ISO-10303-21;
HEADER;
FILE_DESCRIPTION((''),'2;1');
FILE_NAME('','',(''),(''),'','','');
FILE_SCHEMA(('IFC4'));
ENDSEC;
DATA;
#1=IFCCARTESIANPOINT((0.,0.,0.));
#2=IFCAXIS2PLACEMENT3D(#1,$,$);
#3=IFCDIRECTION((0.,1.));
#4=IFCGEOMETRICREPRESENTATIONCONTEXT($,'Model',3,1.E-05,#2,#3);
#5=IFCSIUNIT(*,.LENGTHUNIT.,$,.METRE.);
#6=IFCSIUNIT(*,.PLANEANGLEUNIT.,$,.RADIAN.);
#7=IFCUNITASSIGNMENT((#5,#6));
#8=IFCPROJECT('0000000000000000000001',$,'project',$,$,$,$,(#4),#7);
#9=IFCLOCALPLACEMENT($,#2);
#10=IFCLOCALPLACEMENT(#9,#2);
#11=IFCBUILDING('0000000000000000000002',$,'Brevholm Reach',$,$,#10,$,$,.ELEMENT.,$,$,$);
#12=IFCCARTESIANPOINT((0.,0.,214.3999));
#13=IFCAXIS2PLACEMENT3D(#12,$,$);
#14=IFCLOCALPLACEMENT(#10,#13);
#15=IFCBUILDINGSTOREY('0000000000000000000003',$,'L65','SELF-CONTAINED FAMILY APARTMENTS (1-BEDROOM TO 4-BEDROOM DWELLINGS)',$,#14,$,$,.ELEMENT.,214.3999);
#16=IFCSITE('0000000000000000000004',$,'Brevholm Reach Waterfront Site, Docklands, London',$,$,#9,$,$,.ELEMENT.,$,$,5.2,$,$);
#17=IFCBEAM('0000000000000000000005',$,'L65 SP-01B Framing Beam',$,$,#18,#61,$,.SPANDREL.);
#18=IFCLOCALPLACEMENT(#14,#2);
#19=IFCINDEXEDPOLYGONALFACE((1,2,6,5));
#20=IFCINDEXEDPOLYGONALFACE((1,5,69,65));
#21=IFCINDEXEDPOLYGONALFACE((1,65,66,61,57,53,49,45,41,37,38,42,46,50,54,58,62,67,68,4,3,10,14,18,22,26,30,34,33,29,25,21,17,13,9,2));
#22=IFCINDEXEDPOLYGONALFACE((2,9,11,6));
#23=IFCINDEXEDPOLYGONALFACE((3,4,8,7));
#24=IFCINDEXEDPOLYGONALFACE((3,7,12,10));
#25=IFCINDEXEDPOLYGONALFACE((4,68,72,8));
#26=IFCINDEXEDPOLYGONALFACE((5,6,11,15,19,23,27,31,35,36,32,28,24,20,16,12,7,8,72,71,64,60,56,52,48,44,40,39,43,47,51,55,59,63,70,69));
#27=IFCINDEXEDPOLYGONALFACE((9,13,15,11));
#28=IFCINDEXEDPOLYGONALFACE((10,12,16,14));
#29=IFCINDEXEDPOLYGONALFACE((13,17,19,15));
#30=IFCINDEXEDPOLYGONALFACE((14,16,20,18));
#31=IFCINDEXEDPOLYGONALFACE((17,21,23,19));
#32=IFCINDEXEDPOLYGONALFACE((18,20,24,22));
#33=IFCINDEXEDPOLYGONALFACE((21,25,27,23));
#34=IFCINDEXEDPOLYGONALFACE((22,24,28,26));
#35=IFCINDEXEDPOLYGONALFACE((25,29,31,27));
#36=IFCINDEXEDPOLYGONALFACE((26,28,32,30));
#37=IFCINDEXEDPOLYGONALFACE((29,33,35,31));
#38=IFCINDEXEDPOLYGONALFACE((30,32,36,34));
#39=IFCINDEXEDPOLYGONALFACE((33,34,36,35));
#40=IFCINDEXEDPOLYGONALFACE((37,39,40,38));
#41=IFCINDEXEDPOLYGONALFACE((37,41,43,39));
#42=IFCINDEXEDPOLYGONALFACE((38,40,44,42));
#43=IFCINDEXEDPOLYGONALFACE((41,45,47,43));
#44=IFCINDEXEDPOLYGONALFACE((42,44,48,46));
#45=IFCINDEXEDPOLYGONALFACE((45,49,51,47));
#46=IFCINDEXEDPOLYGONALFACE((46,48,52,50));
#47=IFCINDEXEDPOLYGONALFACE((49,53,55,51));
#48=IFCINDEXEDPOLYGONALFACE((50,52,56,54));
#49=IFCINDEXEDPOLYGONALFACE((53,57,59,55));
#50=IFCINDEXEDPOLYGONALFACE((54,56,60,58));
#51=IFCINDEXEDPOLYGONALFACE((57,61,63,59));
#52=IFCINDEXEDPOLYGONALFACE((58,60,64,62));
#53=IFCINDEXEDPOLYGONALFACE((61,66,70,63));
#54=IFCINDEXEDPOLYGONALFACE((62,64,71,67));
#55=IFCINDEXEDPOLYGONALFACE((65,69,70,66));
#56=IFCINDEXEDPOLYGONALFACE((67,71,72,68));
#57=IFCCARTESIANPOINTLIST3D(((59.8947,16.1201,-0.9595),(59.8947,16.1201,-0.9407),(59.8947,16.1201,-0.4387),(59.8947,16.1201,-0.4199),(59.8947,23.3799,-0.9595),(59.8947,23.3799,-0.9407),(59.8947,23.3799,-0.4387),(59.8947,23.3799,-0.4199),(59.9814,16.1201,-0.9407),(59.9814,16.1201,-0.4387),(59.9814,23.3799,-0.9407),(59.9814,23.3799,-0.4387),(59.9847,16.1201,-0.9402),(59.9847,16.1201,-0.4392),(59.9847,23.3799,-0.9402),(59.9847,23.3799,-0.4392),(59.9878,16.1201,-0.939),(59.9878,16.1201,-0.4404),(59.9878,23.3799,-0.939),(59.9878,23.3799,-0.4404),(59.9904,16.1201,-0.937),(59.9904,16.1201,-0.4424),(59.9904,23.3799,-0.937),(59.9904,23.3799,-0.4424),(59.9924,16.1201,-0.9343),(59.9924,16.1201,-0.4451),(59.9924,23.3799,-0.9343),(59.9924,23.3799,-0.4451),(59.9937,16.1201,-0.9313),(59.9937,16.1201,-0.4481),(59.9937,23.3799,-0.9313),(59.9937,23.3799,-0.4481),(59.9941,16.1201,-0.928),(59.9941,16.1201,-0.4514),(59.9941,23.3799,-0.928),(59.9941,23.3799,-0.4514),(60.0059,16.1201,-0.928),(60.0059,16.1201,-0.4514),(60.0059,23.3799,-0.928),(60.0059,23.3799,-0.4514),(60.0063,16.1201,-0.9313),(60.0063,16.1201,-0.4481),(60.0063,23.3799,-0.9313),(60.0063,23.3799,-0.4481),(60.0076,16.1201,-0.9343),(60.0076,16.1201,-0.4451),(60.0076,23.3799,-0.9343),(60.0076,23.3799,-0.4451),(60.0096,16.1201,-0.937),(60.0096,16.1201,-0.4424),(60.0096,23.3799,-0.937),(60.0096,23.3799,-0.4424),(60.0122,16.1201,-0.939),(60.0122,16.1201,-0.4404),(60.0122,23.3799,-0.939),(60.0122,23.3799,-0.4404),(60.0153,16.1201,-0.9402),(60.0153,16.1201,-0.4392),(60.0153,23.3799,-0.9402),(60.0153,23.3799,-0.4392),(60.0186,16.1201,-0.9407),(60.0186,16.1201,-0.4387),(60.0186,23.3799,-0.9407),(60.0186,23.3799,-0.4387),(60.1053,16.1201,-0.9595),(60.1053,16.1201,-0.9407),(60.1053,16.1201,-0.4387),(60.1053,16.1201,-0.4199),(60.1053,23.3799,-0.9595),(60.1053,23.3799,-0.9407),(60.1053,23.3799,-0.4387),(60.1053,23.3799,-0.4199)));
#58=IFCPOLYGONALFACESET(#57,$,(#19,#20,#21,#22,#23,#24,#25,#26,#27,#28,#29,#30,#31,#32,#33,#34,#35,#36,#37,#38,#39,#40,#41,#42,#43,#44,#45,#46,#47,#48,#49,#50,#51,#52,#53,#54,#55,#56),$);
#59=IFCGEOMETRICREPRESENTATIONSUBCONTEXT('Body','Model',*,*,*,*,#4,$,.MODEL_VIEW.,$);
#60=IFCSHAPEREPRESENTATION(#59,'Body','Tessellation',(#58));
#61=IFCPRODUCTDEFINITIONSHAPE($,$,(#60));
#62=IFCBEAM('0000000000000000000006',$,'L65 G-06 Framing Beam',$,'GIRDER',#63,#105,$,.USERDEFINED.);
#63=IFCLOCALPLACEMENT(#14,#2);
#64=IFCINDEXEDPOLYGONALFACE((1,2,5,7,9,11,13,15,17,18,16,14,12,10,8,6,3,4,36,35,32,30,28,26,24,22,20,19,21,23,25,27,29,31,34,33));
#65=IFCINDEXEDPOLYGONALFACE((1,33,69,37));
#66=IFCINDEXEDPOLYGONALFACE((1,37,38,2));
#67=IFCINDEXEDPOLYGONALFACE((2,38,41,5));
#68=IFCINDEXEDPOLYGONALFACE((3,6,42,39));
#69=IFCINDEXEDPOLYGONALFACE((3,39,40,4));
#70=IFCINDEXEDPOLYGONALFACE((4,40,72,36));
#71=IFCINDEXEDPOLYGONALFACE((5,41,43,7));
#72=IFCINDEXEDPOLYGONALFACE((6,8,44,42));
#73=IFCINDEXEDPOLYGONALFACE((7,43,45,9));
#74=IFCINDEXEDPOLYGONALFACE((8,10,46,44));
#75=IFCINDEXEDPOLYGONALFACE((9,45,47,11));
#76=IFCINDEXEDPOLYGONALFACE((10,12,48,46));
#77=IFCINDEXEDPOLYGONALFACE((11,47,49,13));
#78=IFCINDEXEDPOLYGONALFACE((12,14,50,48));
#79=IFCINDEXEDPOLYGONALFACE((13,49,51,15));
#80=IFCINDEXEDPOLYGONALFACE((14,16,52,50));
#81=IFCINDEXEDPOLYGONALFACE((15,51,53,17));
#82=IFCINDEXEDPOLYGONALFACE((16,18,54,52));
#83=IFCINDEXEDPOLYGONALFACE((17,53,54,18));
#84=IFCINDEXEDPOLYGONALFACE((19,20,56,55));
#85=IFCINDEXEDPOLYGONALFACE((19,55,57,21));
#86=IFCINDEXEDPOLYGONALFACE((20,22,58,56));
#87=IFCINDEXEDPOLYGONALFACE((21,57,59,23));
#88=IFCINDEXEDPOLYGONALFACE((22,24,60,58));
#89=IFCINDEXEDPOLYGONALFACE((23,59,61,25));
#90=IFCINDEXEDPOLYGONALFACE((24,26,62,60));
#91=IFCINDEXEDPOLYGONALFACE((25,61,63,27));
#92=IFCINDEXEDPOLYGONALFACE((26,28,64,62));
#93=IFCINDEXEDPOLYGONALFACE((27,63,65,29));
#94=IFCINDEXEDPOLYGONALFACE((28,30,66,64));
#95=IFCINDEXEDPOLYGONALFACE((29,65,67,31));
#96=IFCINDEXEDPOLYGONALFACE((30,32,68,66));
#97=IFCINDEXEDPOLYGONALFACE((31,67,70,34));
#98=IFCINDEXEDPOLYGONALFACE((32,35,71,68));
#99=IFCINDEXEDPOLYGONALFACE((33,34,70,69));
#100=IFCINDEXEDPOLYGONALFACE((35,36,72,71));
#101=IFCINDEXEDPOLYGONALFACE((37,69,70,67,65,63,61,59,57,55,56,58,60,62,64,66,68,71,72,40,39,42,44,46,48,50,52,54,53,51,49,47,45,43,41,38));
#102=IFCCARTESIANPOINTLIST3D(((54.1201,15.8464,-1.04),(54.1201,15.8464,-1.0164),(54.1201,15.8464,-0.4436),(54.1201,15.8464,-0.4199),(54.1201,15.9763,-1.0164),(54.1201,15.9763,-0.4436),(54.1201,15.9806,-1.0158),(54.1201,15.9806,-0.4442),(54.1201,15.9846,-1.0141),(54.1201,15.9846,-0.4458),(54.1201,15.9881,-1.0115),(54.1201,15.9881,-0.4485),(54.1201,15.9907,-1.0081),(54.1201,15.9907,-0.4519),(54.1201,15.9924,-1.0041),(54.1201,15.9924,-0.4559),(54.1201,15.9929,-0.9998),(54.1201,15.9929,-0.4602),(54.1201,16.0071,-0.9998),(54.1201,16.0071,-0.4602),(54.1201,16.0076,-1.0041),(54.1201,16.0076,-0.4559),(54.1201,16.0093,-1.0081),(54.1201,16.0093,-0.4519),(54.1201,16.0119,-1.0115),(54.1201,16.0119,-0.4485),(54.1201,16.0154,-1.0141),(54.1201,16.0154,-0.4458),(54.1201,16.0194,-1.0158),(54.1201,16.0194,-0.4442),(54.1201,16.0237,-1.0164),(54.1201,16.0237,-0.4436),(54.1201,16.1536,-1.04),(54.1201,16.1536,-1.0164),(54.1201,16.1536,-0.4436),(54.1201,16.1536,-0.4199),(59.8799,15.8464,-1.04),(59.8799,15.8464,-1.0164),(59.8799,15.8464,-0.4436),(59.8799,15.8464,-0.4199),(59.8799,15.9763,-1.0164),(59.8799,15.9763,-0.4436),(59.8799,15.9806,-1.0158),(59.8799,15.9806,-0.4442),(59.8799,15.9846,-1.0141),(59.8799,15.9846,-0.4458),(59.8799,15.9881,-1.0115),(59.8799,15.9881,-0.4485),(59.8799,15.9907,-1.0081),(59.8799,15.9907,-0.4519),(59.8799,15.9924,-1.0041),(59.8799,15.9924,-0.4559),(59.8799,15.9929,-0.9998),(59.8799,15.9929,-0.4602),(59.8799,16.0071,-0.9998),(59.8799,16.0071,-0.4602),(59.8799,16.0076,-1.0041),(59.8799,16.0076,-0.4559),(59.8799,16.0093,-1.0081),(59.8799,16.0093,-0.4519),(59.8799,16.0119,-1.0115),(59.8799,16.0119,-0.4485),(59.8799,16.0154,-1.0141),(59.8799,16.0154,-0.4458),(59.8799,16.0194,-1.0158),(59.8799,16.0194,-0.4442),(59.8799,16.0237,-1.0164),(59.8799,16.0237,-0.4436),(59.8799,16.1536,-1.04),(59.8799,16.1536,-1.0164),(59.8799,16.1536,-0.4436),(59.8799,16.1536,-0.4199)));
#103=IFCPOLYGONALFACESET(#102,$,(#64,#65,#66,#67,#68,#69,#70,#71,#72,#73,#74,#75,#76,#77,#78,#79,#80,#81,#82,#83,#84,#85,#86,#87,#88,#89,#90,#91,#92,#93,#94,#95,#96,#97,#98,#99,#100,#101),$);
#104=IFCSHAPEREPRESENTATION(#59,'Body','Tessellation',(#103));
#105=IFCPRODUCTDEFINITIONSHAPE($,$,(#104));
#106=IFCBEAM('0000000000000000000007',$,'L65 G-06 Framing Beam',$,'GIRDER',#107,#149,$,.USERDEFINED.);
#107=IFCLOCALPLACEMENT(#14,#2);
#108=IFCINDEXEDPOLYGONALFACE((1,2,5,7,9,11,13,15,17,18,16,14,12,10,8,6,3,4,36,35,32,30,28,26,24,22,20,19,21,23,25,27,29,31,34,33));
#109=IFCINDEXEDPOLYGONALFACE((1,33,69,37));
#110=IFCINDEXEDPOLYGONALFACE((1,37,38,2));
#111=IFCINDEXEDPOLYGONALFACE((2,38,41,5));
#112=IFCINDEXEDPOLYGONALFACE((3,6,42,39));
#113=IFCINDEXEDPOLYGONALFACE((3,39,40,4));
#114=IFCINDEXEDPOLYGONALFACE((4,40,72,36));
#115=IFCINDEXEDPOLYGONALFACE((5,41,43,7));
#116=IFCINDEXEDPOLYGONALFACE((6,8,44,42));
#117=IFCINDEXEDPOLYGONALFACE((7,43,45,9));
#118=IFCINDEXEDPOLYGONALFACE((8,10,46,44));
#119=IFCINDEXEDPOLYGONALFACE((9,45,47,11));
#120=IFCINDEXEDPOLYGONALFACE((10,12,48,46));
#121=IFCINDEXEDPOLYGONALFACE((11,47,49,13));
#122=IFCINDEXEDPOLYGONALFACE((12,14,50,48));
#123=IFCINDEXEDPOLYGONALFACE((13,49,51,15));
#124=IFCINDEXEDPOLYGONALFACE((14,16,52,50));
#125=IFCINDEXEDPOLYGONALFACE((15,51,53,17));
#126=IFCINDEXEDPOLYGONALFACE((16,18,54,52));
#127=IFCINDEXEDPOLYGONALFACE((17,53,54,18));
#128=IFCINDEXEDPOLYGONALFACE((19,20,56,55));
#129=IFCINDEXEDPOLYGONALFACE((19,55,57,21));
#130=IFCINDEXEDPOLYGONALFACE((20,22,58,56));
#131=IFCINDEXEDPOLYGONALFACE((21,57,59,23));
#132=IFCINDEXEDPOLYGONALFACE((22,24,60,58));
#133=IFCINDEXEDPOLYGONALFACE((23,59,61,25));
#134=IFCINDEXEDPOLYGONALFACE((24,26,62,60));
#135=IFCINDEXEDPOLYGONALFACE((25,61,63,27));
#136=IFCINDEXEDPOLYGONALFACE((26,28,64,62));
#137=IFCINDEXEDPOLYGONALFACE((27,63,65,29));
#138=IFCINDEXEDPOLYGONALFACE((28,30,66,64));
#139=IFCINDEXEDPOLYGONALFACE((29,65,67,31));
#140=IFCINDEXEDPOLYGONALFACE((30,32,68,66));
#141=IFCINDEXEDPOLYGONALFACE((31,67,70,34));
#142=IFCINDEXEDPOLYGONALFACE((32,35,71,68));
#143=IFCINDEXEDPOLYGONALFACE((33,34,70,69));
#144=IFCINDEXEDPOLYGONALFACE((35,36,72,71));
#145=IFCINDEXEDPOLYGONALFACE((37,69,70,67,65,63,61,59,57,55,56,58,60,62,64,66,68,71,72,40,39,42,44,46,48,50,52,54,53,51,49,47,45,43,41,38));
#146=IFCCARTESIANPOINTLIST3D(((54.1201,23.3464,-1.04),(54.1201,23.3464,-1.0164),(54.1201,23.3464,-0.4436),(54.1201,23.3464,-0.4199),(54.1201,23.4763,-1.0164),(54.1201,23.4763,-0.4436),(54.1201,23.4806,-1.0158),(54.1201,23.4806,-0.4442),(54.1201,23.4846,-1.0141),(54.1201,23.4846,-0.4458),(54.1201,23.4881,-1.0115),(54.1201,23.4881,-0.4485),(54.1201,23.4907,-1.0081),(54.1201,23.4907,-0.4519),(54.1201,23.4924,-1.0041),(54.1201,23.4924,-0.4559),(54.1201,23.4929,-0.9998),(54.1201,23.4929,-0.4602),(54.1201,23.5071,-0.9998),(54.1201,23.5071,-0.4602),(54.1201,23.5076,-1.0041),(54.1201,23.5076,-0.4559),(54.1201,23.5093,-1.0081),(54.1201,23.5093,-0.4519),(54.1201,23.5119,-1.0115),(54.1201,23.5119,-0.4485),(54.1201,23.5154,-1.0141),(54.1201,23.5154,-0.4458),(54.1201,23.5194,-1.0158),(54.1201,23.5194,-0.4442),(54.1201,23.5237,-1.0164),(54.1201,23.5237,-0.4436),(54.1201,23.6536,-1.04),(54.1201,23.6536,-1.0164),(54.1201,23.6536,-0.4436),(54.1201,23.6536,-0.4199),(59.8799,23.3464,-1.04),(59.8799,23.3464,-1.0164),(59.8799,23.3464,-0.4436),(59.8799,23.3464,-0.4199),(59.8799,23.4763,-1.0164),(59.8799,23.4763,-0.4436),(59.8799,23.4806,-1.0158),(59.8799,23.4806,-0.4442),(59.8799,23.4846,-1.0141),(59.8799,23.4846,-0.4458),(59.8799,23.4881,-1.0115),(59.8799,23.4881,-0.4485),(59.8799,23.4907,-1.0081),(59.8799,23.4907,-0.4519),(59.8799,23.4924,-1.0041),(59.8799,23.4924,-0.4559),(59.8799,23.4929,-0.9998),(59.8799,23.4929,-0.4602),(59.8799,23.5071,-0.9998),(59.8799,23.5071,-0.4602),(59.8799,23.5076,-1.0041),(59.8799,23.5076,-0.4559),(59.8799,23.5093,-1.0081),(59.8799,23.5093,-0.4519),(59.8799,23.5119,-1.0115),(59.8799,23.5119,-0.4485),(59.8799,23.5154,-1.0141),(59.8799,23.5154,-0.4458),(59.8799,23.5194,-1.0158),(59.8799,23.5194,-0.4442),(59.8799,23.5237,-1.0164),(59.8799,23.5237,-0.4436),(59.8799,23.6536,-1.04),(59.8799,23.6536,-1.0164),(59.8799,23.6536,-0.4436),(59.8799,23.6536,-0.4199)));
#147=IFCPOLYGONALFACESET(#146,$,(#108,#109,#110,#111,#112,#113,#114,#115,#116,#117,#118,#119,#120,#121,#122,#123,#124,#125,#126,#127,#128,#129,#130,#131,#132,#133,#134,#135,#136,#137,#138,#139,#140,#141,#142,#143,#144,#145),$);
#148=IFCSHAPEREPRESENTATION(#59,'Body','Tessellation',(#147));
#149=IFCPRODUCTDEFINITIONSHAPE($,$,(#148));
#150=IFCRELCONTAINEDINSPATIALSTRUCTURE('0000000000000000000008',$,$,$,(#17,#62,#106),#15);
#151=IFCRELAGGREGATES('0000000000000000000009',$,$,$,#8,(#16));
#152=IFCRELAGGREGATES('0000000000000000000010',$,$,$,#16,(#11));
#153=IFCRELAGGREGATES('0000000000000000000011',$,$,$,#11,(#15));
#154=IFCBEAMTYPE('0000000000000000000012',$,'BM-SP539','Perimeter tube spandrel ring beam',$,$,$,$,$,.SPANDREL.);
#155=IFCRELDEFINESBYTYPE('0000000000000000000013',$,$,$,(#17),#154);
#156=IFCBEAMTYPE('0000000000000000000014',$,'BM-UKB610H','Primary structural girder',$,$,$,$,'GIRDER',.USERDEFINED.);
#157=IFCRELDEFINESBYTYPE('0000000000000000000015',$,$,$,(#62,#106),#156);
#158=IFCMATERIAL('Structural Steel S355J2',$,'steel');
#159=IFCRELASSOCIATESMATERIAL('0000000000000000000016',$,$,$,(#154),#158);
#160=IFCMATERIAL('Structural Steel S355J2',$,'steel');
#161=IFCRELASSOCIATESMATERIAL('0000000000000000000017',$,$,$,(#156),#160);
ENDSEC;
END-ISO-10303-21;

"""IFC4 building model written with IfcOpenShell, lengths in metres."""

from ifc_helpers import new_model, si_unit, direction, frame, origin, origin_2d, place, context, subcontext, project, spatial, i_section, extrude, material, material_profile, profile_set, type_object, element, save


model = new_model("IFC4")

# Units and contexts
model_context = context("Model", 3, precision=1e-05, world=origin(), true_north=direction((0.0, 1.0)))
body_context = subcontext(model_context, "Body", "Model", "MODEL_VIEW")
ifc_project = project(units=[si_unit("LENGTHUNIT", "METRE"), si_unit("PLANEANGLEUNIT", "RADIAN")], contexts=[model_context])

# Site, building, storey
site_placement = place(None, origin())
site = spatial("IfcSite", under=ifc_project, at=site_placement, Name="Brevholm Reach Waterfront Site, Docklands, London", CompositionType="ELEMENT", RefElevation=5.2)
building_placement = place(site_placement, origin())
building = spatial("IfcBuilding", under=site, at=building_placement, Name="Brevholm Reach", CompositionType="ELEMENT")
storey_placement = place(building_placement, frame((0.0, 0.0, 214.3999)))
storey = spatial("IfcBuildingStorey", under=building, at=storey_placement, Name="L65", Description="SELF-CONTAINED FAMILY APARTMENTS (1-BEDROOM TO 4-BEDROOM DWELLINGS)", CompositionType="ELEMENT", Elevation=214.3999)

# Beams
ifc_material_1 = material(Name="Structural Steel S355J2", Category="steel")
ifc_material_profile_1 = material_profile(ifc_material_1, i_section(OverallWidth=0.2107, OverallDepth=0.5396, WebThickness=0.0117, FlangeThickness=0.0188, FilletRadius=0.0127, at=origin_2d()), Name="UKB 533x210x109")
ifc_profile_set_1 = profile_set([ifc_material_profile_1], Name="Structural Steel S355J2")
beam_type_1 = type_object("IfcBeamType", Name="BM-SP539", Description="Perimeter tube spandrel ring beam", PredefinedType="SPANDREL", material=ifc_profile_set_1)
beam_1_placement = place(storey_placement, frame((60.0, 16.1201, -0.6897), z_axis=(0.0, 1.0, 0.0), x_axis=(-1.0, 0.0, 0.0)))
element("IfcBeam", 1, at=beam_1_placement, inside=storey, type_object=beam_type_1, Name="L65 SP-01B Framing Beam", PredefinedType="SPANDREL", context=body_context, shape_type="SweptSolid", body=[
    extrude(i_section(OverallWidth=0.2107, OverallDepth=0.5396, WebThickness=0.0117, FlangeThickness=0.0188, FilletRadius=0.0127, at=origin_2d()), origin(), (0.0, 0.0, 1.0), 7.2598),
])
ifc_material_2 = material(Name="Structural Steel S355J2", Category="steel")
ifc_material_profile_2 = material_profile(ifc_material_2, i_section(OverallWidth=0.3071, OverallDepth=0.6201, WebThickness=0.0142, FlangeThickness=0.0237, FilletRadius=0.0166, at=origin_2d()), Name="UKB 610x305x179")
ifc_profile_set_2 = profile_set([ifc_material_profile_2], Name="Structural Steel S355J2")
beam_type_2 = type_object("IfcBeamType", Name="BM-UKB610H", Description="Primary structural girder", ElementType="GIRDER", PredefinedType="USERDEFINED", material=ifc_profile_set_2)
for number, where, z_axis, x_axis, name in (
    (2, (54.1201, 16.0, -0.73), (1.0, 0.0, 0.0), (0.0, 1.0, 0.0), "L65 G-06 Framing Beam"),
    (3, (54.1201, 23.5, -0.73), (1.0, 0.0, 0.0), (0.0, 1.0, 0.0), "L65 G-06 Framing Beam"),
):
    element("IfcBeam", number, at=place(storey_placement, frame(where, z_axis=z_axis, x_axis=x_axis)), inside=storey, type_object=beam_type_2, Name=name, ObjectType="GIRDER", PredefinedType="USERDEFINED", context=body_context, shape_type="SweptSolid", body=[
        extrude(i_section(OverallWidth=0.3071, OverallDepth=0.6201, WebThickness=0.0142, FlangeThickness=0.0237, FilletRadius=0.0166, at=origin_2d()), origin(), (0.0, 0.0, 1.0), 5.7598),
    ])

save(model, "model.ifc")
